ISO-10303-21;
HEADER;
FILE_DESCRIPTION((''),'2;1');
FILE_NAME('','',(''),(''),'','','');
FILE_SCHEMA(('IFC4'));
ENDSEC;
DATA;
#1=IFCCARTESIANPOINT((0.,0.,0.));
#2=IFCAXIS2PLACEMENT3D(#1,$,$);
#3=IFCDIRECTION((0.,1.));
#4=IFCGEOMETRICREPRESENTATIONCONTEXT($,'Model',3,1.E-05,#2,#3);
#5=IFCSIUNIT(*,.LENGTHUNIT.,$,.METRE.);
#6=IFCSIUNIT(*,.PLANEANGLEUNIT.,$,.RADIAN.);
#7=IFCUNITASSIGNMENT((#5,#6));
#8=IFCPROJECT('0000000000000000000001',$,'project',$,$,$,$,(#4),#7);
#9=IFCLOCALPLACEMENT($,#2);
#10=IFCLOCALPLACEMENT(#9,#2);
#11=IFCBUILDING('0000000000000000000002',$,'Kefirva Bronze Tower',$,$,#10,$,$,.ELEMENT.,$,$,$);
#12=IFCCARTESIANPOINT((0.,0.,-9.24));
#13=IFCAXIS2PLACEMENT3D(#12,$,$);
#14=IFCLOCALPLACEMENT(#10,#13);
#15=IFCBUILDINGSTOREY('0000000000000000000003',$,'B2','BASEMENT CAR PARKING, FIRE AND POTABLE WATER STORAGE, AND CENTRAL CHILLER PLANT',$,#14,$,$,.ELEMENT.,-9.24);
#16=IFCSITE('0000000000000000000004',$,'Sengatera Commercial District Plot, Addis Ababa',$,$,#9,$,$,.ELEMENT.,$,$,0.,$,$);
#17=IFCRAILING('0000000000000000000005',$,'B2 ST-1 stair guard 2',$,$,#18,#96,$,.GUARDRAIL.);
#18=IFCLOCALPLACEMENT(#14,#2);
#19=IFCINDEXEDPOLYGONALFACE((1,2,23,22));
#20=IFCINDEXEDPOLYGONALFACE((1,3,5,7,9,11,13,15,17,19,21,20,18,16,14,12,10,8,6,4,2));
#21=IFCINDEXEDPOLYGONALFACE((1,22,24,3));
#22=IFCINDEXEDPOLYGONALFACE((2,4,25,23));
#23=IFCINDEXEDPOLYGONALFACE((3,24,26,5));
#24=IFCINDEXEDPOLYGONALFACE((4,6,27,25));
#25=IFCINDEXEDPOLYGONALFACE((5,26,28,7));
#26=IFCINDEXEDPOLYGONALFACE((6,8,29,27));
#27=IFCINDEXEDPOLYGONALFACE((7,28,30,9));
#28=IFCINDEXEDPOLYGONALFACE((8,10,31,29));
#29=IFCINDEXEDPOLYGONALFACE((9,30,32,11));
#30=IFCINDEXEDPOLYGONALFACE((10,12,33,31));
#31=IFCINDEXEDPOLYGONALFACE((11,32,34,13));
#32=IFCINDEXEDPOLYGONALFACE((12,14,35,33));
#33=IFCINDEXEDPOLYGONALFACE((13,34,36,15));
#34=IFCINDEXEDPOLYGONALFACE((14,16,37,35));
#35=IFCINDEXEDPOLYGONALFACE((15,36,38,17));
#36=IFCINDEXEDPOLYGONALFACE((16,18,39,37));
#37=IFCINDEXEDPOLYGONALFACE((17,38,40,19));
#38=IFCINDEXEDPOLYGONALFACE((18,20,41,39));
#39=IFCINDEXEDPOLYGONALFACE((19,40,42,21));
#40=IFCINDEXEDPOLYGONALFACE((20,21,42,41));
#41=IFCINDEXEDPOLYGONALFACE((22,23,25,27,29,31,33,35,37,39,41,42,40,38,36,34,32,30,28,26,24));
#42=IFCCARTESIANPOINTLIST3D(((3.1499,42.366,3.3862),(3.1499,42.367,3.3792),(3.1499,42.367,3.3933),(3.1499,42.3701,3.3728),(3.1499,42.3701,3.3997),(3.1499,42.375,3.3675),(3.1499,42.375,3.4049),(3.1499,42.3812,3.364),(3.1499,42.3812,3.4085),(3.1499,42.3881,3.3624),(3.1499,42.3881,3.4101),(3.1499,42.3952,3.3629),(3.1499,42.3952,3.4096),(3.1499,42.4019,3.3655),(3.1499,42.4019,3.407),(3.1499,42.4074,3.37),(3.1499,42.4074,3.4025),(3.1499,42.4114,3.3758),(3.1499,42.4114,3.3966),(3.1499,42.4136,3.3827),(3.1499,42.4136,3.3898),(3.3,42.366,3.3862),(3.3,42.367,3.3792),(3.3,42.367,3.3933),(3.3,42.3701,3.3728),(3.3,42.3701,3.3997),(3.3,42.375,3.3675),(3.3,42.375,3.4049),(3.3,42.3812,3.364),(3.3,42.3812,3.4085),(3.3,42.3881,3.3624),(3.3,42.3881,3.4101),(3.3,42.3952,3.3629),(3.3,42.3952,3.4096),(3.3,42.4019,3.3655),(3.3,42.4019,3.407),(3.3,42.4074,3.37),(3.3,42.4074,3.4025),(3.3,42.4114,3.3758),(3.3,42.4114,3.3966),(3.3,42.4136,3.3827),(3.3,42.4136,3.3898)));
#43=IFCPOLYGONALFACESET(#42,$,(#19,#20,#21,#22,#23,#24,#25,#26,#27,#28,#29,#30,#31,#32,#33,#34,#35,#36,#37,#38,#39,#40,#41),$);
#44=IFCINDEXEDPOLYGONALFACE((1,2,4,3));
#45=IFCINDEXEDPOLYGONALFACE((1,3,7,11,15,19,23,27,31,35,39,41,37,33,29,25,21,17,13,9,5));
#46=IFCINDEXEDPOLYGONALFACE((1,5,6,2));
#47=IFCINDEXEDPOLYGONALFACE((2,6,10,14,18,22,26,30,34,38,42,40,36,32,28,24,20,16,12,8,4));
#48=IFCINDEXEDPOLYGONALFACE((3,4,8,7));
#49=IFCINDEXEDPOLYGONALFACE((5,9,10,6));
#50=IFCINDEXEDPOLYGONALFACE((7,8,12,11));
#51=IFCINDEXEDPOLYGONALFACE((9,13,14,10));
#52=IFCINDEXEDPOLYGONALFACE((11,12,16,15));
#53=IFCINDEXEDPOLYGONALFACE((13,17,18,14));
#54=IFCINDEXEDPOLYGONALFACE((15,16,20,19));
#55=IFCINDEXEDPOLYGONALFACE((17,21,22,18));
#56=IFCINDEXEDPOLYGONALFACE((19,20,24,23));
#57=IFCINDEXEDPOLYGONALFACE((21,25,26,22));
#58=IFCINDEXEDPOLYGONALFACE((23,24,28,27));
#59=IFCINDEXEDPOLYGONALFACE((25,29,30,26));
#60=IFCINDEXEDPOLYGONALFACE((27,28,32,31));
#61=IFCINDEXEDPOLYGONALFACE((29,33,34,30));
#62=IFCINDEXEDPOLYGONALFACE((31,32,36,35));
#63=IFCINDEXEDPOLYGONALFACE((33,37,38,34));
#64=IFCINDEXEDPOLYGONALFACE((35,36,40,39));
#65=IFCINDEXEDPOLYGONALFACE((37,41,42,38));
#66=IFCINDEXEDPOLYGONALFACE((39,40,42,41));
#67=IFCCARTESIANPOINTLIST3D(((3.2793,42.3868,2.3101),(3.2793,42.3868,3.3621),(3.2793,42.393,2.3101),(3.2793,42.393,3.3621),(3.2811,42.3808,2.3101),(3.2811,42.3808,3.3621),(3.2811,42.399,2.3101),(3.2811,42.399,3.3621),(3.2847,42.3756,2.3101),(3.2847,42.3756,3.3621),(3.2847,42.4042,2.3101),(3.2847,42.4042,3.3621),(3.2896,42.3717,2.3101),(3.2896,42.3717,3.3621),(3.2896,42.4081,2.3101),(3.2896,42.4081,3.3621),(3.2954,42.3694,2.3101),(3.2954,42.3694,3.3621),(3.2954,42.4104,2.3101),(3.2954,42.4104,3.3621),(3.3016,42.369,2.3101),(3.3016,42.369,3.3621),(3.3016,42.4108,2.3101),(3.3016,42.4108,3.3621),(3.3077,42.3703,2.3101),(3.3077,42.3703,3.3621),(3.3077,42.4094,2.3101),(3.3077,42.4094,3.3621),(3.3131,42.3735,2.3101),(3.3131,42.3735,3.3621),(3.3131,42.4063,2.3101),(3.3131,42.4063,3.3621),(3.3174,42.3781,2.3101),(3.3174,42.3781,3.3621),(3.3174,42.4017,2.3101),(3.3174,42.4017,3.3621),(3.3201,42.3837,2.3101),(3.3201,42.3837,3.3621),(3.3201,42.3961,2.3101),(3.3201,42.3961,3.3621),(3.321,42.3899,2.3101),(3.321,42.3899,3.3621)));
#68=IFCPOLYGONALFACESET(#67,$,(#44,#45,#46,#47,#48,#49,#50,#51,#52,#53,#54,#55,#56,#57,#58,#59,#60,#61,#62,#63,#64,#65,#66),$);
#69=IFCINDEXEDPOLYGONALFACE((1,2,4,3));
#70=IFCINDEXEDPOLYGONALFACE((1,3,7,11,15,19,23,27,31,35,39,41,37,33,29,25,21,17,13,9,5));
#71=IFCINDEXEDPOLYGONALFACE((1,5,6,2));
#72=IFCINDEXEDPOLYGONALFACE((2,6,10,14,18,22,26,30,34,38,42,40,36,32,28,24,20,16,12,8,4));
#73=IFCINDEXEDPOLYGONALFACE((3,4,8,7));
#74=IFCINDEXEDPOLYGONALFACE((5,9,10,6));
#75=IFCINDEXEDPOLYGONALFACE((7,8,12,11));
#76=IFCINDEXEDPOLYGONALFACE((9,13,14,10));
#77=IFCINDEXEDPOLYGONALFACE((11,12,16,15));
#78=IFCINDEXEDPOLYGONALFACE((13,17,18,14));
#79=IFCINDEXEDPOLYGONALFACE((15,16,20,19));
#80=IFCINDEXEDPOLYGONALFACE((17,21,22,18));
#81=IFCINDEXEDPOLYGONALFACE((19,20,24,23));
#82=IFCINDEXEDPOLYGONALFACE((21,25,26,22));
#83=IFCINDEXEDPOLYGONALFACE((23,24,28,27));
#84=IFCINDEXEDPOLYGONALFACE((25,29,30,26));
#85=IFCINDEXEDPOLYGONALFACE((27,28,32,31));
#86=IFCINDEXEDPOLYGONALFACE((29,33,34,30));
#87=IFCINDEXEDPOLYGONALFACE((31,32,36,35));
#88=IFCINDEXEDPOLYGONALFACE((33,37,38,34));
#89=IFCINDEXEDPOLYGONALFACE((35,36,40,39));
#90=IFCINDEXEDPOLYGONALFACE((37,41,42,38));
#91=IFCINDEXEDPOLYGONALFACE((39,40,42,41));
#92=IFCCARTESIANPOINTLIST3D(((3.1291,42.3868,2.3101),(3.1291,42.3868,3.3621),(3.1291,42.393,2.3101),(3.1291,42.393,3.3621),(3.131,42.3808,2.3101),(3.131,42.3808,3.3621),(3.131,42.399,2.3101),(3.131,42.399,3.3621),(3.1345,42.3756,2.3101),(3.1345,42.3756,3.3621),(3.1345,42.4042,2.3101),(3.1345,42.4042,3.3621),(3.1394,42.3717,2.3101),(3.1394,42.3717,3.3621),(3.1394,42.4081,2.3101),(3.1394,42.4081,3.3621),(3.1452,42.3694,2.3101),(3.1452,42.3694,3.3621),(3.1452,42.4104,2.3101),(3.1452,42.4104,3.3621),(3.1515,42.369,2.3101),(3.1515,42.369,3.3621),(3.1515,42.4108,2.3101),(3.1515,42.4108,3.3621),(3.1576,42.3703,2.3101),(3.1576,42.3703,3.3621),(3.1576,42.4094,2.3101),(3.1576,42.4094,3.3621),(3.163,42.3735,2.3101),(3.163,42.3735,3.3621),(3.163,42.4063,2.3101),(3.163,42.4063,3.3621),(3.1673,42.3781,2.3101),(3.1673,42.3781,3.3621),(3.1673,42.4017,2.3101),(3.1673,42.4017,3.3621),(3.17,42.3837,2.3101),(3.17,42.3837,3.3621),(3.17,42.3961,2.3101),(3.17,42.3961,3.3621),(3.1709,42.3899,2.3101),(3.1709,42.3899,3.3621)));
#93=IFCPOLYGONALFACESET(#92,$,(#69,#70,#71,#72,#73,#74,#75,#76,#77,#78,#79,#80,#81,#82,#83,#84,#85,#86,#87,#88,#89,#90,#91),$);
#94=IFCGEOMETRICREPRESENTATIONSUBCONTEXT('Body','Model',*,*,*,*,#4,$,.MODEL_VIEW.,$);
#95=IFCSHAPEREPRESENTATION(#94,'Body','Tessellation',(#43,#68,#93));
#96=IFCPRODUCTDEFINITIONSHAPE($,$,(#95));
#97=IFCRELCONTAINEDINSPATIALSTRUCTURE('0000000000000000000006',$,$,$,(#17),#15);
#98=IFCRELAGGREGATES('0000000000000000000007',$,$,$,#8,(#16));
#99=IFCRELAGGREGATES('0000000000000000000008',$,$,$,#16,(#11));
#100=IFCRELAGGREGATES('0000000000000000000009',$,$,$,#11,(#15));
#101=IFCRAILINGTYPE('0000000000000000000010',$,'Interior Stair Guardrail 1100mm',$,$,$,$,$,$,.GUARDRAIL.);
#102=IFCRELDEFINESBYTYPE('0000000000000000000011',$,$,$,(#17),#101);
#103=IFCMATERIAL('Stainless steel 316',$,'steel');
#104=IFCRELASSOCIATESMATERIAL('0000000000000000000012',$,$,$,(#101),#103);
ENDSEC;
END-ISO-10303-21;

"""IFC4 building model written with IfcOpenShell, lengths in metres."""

from ifc_helpers import new_model, si_unit, direction, frame, origin, origin_2d, place, context, subcontext, project, spatial, circle, extrude, material, type_object, element, save


model = new_model("IFC4")

# Units and contexts
model_context = context("Model", 3, precision=1e-05, world=origin(), true_north=direction((0.0, 1.0)))
body_context = subcontext(model_context, "Body", "Model", "MODEL_VIEW")
ifc_project = project(units=[si_unit("LENGTHUNIT", "METRE"), si_unit("PLANEANGLEUNIT", "RADIAN")], contexts=[model_context])

# Site, building, storey
site_placement = place(None, origin())
site = spatial("IfcSite", under=ifc_project, at=site_placement, Name="Sengatera Commercial District Plot, Addis Ababa", CompositionType="ELEMENT", RefElevation=0.0)
building_placement = place(site_placement, origin())
building = spatial("IfcBuilding", under=site, at=building_placement, Name="Kefirva Bronze Tower", CompositionType="ELEMENT")
storey_placement = place(building_placement, frame((0.0, 0.0, -9.24)))
storey = spatial("IfcBuildingStorey", under=building, at=storey_placement, Name="B2", Description="BASEMENT CAR PARKING, FIRE AND POTABLE WATER STORAGE, AND CENTRAL CHILLER PLANT", CompositionType="ELEMENT", Elevation=-9.24)

# Railing
ifc_material_1 = material(Name="Stainless steel 316", Category="steel")
railing_type_1 = type_object("IfcRailingType", Name="Interior Stair Guardrail 1100mm", PredefinedType="GUARDRAIL", material=ifc_material_1)
railing_1_placement = place(storey_placement, frame((3.3, 42.3899, 2.3101)))
element("IfcRailing", 1, at=railing_1_placement, inside=storey, type_object=railing_type_1, Name="B2 ST-1 stair guard 2", PredefinedType="GUARDRAIL", context=body_context, shape_type="SweptSolid", body=[
    extrude(circle(Radius=0.0239, at=origin_2d()), frame((0.0, 0.0, 1.0762), z_axis=(-1.0, 0.0, 0.0), x_axis=(0.0, -1.0, 0.0)), (0.0, 0.0, 1.0), 0.1501),
    extrude(circle(Radius=0.021, at=origin_2d()), origin(), (0.0, 0.0, 1.0), 1.052),
    extrude(circle(Radius=0.021, at=origin_2d()), frame((-0.1501, 0.0, 0.0)), (0.0, 0.0, 1.0), 1.052),
])

save(model, "model.ifc")
